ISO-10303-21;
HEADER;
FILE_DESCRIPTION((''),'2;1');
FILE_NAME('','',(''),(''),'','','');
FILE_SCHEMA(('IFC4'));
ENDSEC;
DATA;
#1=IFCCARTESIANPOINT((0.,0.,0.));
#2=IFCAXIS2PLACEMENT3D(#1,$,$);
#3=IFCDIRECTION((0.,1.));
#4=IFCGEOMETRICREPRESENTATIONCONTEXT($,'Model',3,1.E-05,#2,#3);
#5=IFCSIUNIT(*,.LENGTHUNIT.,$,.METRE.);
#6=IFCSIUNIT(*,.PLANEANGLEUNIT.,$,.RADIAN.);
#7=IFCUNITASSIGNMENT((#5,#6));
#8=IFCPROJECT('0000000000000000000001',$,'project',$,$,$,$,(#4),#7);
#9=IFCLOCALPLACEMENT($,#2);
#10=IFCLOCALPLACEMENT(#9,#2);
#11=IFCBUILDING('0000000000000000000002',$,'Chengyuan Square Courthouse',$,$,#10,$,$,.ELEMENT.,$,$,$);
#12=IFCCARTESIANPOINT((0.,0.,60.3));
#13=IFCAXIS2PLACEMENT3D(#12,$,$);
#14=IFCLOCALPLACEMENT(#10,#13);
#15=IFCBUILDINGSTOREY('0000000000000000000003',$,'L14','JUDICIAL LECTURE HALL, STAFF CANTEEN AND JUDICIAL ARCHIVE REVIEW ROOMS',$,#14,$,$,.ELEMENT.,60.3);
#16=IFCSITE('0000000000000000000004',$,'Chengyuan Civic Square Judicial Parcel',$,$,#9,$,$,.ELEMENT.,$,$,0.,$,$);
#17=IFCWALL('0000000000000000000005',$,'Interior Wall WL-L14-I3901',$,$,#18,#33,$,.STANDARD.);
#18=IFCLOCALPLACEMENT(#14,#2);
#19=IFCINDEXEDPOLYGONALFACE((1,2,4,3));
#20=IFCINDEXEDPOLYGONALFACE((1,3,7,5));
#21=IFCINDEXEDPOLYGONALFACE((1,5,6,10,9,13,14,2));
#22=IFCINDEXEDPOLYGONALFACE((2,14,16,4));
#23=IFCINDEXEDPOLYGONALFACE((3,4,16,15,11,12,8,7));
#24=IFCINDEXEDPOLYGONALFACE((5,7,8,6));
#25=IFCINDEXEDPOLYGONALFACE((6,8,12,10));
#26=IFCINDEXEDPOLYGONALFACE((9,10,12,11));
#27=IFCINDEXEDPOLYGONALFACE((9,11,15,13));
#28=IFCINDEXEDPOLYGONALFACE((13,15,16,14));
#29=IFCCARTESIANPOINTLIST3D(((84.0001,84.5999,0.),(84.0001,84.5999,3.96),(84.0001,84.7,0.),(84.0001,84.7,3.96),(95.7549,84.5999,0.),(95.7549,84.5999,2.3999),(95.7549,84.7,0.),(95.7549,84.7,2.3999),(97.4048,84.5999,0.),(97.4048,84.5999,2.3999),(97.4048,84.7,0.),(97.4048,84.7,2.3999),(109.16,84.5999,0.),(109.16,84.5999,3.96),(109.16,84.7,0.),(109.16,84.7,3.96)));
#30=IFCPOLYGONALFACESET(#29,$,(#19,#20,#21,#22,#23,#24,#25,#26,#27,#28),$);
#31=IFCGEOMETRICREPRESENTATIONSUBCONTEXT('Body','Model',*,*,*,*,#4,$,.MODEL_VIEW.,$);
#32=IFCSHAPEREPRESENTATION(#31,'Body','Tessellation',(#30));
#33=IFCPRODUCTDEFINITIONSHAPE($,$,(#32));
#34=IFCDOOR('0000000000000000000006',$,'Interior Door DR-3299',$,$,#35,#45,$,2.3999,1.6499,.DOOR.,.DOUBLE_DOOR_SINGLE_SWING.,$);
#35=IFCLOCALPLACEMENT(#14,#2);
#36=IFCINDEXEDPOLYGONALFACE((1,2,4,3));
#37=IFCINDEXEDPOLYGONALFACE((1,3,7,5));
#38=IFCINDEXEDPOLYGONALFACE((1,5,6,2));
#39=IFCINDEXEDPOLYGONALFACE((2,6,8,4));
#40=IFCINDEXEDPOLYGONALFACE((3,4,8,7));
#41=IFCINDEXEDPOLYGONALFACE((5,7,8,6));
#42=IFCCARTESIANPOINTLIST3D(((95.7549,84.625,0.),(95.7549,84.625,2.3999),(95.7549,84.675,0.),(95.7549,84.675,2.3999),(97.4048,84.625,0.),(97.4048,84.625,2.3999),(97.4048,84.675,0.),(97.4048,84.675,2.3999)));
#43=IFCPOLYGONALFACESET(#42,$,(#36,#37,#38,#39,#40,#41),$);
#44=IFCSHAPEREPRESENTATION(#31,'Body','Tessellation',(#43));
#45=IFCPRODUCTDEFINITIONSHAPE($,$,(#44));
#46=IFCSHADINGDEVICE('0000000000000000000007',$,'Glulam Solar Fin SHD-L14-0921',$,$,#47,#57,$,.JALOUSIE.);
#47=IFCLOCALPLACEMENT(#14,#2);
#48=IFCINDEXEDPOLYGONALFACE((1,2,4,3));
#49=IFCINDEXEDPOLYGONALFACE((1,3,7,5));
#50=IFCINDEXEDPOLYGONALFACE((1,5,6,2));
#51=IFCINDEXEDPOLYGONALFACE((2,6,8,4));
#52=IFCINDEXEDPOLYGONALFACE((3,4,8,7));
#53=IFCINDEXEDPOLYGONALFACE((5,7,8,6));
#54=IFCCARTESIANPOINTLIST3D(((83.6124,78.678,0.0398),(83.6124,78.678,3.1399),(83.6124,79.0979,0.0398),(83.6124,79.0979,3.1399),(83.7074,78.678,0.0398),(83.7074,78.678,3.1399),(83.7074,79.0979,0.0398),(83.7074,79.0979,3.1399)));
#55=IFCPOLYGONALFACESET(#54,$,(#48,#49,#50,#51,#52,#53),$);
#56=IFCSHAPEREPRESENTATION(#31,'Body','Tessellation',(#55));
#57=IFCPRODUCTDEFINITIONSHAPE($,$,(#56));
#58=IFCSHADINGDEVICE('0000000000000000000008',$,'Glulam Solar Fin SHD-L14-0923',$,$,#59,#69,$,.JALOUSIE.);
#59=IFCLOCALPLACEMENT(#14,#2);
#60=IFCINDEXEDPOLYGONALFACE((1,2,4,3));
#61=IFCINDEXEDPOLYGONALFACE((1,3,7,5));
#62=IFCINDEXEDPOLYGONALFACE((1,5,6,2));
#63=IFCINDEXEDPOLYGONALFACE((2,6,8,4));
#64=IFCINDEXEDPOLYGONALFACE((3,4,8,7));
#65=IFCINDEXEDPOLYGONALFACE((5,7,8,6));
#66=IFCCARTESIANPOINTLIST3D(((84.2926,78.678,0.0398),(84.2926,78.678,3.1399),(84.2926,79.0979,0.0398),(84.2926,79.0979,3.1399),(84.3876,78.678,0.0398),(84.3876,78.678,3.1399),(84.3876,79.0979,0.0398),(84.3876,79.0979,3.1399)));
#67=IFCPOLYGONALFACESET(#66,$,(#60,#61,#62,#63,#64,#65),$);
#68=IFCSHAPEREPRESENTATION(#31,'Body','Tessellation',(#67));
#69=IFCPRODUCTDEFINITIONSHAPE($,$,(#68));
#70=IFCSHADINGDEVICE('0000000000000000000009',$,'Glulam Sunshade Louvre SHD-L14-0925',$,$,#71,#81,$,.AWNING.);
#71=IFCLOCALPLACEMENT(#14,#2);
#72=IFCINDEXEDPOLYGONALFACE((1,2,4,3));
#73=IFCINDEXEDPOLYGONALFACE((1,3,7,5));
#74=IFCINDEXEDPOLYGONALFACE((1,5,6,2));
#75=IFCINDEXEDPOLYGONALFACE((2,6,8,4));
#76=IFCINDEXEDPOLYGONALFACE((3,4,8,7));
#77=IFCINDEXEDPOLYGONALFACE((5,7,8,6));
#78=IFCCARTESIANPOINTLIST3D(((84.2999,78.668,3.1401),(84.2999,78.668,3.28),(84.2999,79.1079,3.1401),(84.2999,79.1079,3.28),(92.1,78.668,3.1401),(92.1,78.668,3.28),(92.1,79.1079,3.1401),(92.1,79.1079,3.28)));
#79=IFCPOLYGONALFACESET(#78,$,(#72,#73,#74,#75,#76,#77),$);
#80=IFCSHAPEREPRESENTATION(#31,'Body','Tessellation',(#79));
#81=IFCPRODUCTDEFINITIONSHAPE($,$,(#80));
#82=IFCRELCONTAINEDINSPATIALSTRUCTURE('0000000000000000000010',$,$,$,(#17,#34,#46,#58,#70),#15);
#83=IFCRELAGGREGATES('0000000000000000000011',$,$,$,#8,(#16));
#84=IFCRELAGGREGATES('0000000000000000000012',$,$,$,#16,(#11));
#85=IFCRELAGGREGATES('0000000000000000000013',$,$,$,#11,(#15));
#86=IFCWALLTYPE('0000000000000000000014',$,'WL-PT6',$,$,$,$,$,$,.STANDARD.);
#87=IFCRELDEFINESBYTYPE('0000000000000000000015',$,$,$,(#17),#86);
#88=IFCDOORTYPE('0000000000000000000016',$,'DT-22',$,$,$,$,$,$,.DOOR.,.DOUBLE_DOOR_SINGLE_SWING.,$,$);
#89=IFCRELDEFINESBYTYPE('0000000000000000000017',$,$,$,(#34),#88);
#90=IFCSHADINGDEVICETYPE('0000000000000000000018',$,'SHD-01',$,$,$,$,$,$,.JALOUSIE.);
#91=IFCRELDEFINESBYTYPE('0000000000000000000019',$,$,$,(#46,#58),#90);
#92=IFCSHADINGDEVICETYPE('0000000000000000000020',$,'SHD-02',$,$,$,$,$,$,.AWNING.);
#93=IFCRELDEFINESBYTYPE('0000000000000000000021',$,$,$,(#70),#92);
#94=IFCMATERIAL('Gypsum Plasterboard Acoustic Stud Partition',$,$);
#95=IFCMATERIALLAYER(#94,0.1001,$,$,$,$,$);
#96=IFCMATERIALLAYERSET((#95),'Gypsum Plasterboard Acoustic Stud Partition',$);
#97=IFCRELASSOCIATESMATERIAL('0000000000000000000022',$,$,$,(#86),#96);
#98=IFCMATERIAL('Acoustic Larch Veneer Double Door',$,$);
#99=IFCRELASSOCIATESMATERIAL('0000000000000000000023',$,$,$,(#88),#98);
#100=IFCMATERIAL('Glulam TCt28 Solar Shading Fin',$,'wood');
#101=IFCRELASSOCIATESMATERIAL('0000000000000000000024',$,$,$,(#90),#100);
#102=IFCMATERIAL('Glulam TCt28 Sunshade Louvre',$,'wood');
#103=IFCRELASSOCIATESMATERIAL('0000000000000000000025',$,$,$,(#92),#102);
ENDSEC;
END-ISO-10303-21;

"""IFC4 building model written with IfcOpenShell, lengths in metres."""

from ifc_helpers import new_model, si_unit, direction, frame, frame_2d, origin, origin_2d, place, context, subcontext, project, spatial, rectangle, extrude, material, layer, layer_set, type_object, element, fill, save


model = new_model("IFC4")

# Units and contexts
model_context = context("Model", 3, precision=1e-05, world=origin(), true_north=direction((0.0, 1.0)))
body_context = subcontext(model_context, "Body", "Model", "MODEL_VIEW")
ifc_project = project(units=[si_unit("LENGTHUNIT", "METRE"), si_unit("PLANEANGLEUNIT", "RADIAN")], contexts=[model_context])

# Site, building, storey
site_placement = place(None, origin())
site = spatial("IfcSite", under=ifc_project, at=site_placement, Name="Chengyuan Civic Square Judicial Parcel", CompositionType="ELEMENT", RefElevation=0.0)
building_placement = place(site_placement, origin())
building = spatial("IfcBuilding", under=site, at=building_placement, Name="Chengyuan Square Courthouse", CompositionType="ELEMENT")
storey_placement = place(building_placement, frame((0.0, 0.0, 60.3)))
storey = spatial("IfcBuildingStorey", under=building, at=storey_placement, Name="L14", Description="JUDICIAL LECTURE HALL, STAFF CANTEEN AND JUDICIAL ARCHIVE REVIEW ROOMS", CompositionType="ELEMENT", Elevation=60.3)

# Wall, opening, door
ifc_material_1 = material(Name="Gypsum Plasterboard Acoustic Stud Partition")
ifc_layer_1 = layer(ifc_material_1, 0.1001)
ifc_layer_set_1 = layer_set([ifc_layer_1], Name="Gypsum Plasterboard Acoustic Stud Partition")
wall_type_1 = type_object("IfcWallType", Name="WL-PT6", PredefinedType="STANDARD", material=ifc_layer_set_1)
wall_1_placement = place(storey_placement, frame((84.0, 84.6499, 0.0), z_axis=(0.0, 0.0, 1.0), x_axis=(1.0, 0.0, 0.0)))
wall_1 = element("IfcWall", 1, at=wall_1_placement, inside=storey, type_object=wall_type_1, Name="Interior Wall WL-L14-I3901", PredefinedType="STANDARD", context=body_context, shape_type="SweptSolid", body=[
    extrude(rectangle(XDim=25.1599, YDim=0.1001, at=frame_2d((12.5801, 0.0))), origin(), (0.0, 0.0, 1.0), 3.96),
])
opening_1_placement = place(wall_1_placement, frame((11.7549, 0.0, 0.0)))
opening_1 = element("IfcOpeningElement", 2, at=opening_1_placement, cuts=wall_1, PredefinedType="OPENING", context=body_context, shape_type="SweptSolid", body=[
    extrude(rectangle(XDim=1.6499, YDim=2.3999, at=frame_2d((0.825, 1.2))), frame((0.0, 0.062, 0.0), z_axis=(0.0, -1.0, 0.0), x_axis=(1.0, 0.0, 0.0)), (0.0, 0.0, 1.0), 0.124),
])
ifc_material_2 = material(Name="Acoustic Larch Veneer Double Door")
door_type_1 = type_object("IfcDoorType", Name="DT-22", OperationType="DOUBLE_DOOR_SINGLE_SWING", PredefinedType="DOOR", material=ifc_material_2)
door_1_placement = place(opening_1_placement, frame((1.6499, 0.0, 0.0), z_axis=(0.0, 0.0, 1.0), x_axis=(-1.0, 0.0, 0.0)))
door_1 = element("IfcDoor", 3, at=door_1_placement, inside=storey, type_object=door_type_1, Name="Interior Door DR-3299", OperationType="DOUBLE_DOOR_SINGLE_SWING", OverallHeight=2.3999, OverallWidth=1.6499, PredefinedType="DOOR", context=body_context, shape_type="SweptSolid", body=[
    extrude(rectangle(XDim=1.6499, YDim=2.3999, at=frame_2d((0.825, 1.2))), frame((0.0, 0.0249, 0.0), z_axis=(0.0, -1.0, 0.0), x_axis=(1.0, 0.0, 0.0)), (0.0, 0.0, 1.0), 0.05),
])
fill(opening_1, door_1)

# Shading devices
ifc_material_3 = material(Name="Glulam TCt28 Solar Shading Fin", Category="wood")
shading_device_type_1 = type_object("IfcShadingDeviceType", Name="SHD-01", PredefinedType="JALOUSIE", material=ifc_material_3)
for number, where, z_axis, x_axis, name in (
    (4, (83.6599, 78.8879, 0.0398), (0.0, 0.0, 1.0), (0.0, 1.0, 0.0), "Glulam Solar Fin SHD-L14-0921"),
    (5, (84.3401, 78.8879, 0.0398), (0.0, 0.0, 1.0), (0.0, 1.0, 0.0), "Glulam Solar Fin SHD-L14-0923"),
):
    element("IfcShadingDevice", number, at=place(storey_placement, frame(where, z_axis=z_axis, x_axis=x_axis)), inside=storey, type_object=shading_device_type_1, Name=name, PredefinedType="JALOUSIE", context=body_context, shape_type="SweptSolid", body=[
        extrude(rectangle(XDim=0.4199, YDim=0.095, at=origin_2d()), origin(), (0.0, 0.0, 1.0), 3.1001),
    ])
ifc_material_4 = material(Name="Glulam TCt28 Sunshade Louvre", Category="wood")
shading_device_type_2 = type_object("IfcShadingDeviceType", Name="SHD-02", PredefinedType="AWNING", material=ifc_material_4)
shading_device_placement = place(storey_placement, frame((88.2, 78.8879, 3.1401), z_axis=(0.0, 0.0, 1.0), x_axis=(1.0, 0.0, 0.0)))
element("IfcShadingDevice", 6, at=shading_device_placement, inside=storey, type_object=shading_device_type_2, Name="Glulam Sunshade Louvre SHD-L14-0925", PredefinedType="AWNING", context=body_context, shape_type="SweptSolid", body=[
    extrude(rectangle(XDim=7.8, YDim=0.4399, at=origin_2d()), origin(), (0.0, 0.0, 1.0), 0.1399),
])

save(model, "model.ifc")
